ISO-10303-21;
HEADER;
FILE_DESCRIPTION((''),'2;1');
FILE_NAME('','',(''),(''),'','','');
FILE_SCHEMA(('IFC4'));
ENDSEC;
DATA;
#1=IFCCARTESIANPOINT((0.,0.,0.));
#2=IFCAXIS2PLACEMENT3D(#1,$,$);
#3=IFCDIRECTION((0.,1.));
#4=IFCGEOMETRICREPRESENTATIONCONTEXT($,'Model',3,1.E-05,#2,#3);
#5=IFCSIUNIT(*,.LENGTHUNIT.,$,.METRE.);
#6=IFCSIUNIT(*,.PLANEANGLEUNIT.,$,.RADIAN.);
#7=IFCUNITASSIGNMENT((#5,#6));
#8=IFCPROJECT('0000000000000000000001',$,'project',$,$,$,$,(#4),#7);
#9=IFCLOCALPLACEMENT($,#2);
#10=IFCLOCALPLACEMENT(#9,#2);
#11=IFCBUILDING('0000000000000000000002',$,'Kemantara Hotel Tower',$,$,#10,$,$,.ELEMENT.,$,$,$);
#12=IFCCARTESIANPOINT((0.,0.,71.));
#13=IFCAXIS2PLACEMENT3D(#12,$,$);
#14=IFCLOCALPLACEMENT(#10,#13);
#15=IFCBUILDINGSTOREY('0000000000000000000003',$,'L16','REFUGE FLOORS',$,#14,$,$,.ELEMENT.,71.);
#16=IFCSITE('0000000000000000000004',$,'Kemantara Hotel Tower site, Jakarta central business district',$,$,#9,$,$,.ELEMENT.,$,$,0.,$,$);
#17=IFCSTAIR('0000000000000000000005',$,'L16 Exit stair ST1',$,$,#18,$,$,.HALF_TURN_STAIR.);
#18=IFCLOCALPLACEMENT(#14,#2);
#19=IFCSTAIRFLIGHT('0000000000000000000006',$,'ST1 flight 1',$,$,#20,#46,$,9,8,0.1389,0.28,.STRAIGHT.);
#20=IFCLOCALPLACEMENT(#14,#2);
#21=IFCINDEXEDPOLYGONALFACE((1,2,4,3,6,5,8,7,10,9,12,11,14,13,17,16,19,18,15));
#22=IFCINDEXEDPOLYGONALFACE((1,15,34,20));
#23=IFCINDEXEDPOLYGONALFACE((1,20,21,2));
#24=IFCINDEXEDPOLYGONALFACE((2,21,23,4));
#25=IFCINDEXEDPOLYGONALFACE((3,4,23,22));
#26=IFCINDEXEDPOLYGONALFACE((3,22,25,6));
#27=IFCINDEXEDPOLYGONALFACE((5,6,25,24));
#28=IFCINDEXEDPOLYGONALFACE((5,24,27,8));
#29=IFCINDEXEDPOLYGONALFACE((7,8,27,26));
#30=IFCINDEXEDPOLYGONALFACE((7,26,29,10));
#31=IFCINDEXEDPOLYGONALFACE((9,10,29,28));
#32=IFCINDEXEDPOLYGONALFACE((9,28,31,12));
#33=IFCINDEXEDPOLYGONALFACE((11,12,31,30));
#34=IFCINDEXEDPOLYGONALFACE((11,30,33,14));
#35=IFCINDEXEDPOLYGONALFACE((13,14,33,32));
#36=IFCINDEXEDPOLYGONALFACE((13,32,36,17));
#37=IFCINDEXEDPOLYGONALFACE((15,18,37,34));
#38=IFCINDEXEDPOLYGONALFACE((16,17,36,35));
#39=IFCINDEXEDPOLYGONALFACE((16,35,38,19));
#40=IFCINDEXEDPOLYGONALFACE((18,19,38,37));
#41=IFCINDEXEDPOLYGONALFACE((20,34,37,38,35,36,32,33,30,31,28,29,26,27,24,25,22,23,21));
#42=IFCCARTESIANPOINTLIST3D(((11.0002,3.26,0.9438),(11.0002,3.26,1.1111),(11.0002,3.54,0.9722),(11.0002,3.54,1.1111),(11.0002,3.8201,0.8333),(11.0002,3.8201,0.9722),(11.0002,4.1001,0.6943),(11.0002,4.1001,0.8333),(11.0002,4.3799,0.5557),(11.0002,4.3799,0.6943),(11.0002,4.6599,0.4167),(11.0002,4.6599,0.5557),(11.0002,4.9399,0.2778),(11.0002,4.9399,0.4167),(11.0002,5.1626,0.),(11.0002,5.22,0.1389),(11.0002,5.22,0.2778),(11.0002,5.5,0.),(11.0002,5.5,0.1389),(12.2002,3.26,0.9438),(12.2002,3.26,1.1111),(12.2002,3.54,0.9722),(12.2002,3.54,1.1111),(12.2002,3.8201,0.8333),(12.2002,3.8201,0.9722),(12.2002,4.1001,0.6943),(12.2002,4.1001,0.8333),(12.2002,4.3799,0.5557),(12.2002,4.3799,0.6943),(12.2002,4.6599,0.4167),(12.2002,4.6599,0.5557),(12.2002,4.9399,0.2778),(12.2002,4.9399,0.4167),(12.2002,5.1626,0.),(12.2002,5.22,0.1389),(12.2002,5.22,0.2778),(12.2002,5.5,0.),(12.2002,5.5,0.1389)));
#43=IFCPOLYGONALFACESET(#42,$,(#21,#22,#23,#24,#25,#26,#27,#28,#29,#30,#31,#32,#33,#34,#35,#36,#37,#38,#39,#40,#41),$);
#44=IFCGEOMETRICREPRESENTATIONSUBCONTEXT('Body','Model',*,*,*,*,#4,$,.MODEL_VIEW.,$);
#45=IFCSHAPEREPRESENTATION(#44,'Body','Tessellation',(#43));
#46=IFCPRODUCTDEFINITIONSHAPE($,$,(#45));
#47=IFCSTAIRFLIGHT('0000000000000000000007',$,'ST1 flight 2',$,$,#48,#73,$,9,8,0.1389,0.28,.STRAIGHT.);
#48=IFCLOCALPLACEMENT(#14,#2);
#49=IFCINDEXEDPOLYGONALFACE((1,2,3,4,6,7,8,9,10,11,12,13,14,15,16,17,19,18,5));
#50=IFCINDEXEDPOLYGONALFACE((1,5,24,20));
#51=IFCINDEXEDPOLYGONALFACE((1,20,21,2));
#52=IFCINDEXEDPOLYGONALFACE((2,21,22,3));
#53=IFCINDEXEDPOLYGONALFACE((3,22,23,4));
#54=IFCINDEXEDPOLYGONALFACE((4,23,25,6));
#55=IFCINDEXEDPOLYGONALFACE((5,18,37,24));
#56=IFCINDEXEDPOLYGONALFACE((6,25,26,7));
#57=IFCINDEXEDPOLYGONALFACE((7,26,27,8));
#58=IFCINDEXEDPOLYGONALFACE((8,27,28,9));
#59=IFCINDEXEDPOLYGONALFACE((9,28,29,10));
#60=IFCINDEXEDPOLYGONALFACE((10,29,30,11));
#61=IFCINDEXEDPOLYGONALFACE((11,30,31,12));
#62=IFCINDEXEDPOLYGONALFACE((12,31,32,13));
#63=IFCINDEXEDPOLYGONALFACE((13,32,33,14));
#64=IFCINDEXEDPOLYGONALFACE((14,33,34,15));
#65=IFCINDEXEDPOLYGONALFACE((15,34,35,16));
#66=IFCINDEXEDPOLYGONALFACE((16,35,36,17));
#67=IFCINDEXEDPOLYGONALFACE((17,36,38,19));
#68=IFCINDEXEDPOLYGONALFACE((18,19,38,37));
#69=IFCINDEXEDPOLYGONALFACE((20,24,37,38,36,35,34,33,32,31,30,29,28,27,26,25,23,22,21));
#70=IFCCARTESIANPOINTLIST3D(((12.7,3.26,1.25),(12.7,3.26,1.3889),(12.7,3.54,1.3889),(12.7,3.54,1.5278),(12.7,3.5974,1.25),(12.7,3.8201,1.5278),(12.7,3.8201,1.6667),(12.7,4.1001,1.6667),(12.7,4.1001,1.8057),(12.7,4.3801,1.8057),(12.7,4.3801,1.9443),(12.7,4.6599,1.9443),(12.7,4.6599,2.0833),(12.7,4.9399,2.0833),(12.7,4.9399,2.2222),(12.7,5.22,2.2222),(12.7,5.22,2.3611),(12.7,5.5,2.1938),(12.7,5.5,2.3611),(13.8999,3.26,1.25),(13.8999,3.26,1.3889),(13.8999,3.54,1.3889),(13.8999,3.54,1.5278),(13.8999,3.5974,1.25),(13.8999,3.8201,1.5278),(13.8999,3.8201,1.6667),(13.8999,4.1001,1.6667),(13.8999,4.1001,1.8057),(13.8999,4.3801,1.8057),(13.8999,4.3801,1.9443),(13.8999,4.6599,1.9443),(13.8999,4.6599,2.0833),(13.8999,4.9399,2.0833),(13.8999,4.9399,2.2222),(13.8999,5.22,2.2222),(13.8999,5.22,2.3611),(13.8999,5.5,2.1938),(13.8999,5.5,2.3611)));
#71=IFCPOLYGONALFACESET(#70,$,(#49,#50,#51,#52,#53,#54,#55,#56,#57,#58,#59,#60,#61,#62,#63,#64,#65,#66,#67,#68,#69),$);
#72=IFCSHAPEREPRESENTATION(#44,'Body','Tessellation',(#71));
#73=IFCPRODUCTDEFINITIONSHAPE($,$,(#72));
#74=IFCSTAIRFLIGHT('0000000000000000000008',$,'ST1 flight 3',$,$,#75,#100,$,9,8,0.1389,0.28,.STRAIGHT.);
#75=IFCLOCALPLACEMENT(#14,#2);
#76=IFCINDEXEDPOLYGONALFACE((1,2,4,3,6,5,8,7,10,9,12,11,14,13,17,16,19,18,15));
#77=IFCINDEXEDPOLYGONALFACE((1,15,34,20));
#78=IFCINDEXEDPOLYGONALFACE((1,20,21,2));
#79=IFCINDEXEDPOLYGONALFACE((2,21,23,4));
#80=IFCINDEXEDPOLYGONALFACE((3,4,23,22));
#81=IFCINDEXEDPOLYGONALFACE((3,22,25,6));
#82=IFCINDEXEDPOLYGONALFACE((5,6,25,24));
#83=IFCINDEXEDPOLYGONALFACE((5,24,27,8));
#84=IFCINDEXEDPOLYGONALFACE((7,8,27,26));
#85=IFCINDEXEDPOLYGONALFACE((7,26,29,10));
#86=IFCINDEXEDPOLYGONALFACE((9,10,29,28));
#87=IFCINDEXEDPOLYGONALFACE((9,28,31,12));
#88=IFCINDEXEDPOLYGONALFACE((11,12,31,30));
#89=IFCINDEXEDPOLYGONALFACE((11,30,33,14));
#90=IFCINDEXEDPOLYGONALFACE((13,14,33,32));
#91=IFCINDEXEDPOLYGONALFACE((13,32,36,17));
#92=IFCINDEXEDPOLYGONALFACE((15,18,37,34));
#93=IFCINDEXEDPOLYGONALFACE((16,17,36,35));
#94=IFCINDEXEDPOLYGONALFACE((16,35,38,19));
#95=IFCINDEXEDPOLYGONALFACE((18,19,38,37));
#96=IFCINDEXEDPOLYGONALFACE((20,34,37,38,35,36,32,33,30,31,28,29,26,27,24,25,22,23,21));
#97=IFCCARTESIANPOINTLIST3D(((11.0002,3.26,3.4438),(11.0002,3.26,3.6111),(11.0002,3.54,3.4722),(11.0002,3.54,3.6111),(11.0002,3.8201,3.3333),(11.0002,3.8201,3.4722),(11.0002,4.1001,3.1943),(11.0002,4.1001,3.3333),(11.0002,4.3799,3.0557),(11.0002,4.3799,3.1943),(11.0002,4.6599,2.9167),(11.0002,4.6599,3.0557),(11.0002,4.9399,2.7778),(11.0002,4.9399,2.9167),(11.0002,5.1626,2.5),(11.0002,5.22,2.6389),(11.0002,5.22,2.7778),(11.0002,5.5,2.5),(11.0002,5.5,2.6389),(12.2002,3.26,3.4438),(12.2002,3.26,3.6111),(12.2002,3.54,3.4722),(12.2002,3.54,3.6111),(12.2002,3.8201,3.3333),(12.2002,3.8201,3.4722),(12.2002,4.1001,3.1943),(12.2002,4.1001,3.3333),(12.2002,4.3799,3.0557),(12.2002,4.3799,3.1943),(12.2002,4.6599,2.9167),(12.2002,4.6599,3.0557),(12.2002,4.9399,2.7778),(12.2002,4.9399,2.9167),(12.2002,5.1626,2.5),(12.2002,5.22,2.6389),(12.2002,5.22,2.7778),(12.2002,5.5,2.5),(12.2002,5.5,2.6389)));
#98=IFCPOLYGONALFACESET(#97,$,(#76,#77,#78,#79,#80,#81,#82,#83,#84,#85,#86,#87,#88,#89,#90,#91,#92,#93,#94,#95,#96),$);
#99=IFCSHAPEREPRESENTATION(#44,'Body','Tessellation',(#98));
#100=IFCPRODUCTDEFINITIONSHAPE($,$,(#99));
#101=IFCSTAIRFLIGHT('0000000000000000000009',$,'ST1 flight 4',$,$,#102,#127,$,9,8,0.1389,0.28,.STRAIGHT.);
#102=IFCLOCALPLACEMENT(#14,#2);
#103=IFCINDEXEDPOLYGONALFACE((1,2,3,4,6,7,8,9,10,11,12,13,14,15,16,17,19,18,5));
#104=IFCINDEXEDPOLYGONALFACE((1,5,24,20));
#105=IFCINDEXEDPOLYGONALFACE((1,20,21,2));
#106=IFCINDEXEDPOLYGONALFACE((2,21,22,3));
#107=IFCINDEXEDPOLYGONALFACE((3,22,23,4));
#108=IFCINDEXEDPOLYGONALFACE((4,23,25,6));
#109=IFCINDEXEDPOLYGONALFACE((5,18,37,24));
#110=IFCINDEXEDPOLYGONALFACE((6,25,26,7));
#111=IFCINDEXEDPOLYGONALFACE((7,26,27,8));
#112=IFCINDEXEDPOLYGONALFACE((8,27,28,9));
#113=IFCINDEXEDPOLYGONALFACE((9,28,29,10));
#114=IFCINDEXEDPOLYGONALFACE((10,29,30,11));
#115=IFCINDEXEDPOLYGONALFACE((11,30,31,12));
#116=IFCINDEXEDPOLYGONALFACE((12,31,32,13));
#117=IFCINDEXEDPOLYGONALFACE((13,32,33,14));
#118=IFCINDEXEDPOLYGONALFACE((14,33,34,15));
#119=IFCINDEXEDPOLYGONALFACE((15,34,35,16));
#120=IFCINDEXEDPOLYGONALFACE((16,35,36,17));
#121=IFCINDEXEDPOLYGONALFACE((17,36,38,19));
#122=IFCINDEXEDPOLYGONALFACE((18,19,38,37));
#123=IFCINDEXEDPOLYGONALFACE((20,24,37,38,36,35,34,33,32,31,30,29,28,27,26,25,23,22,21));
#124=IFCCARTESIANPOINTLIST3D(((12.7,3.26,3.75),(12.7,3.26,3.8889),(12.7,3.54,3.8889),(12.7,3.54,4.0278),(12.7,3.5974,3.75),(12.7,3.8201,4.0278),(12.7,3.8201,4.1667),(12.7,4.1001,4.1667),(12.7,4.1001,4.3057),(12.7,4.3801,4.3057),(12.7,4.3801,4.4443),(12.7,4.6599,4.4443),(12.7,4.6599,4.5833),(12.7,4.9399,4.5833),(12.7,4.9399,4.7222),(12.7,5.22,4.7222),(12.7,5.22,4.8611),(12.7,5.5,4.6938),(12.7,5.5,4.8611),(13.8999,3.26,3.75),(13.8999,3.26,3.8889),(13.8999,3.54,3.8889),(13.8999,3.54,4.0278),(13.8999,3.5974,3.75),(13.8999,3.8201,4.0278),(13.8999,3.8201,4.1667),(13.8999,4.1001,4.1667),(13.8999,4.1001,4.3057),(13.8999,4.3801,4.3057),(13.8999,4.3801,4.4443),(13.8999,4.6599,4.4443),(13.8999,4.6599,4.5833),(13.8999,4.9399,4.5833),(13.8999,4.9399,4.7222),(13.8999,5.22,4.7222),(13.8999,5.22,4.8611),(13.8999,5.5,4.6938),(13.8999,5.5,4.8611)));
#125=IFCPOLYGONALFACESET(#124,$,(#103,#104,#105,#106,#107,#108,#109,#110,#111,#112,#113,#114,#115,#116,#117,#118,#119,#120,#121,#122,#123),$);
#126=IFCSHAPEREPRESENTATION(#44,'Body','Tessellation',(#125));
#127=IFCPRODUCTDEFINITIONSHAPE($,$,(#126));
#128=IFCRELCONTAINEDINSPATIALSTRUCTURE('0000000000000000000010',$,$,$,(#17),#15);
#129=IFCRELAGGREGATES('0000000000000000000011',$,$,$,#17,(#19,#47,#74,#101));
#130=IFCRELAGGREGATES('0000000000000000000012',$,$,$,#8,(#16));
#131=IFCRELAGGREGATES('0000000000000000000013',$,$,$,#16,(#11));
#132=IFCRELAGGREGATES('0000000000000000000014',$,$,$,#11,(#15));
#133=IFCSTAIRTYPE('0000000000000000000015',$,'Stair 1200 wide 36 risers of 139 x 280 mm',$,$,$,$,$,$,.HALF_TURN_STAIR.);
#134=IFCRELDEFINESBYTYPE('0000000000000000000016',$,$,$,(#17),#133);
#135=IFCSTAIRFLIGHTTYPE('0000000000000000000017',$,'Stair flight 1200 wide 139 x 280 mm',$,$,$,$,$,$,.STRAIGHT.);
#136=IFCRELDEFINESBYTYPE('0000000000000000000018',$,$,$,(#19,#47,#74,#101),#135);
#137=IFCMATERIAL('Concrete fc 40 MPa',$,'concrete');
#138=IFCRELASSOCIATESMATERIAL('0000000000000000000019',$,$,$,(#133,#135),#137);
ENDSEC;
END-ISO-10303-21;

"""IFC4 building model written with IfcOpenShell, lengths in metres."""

from ifc_helpers import new_model, si_unit, direction, frame, origin, place, context, subcontext, project, spatial, polyline, outline, extrude, material, type_object, element, aggregate, save


model = new_model("IFC4")

# Units and contexts
model_context = context("Model", 3, precision=1e-05, world=origin(), true_north=direction((0.0, 1.0)))
body_context = subcontext(model_context, "Body", "Model", "MODEL_VIEW")
ifc_project = project(units=[si_unit("LENGTHUNIT", "METRE"), si_unit("PLANEANGLEUNIT", "RADIAN")], contexts=[model_context])

# Site, building, storey
site_placement = place(None, origin())
site = spatial("IfcSite", under=ifc_project, at=site_placement, Name="Kemantara Hotel Tower site, Jakarta central business district", CompositionType="ELEMENT", RefElevation=0.0)
building_placement = place(site_placement, origin())
building = spatial("IfcBuilding", under=site, at=building_placement, Name="Kemantara Hotel Tower", CompositionType="ELEMENT")
storey_placement = place(building_placement, frame((0.0, 0.0, 71.0)))
storey = spatial("IfcBuildingStorey", under=building, at=storey_placement, Name="L16", Description="REFUGE FLOORS", CompositionType="ELEMENT", Elevation=71.0)

# Stair, stair flights
ifc_material_1 = material(Name="Concrete fc 40 MPa", Category="concrete")
stair_type = type_object("IfcStairType", Name="Stair 1200 wide 36 risers of 139 x 280 mm", PredefinedType="HALF_TURN_STAIR", material=ifc_material_1)
stair_placement = place(storey_placement, origin())
stair = element("IfcStair", 1, at=stair_placement, inside=storey, type_object=stair_type, Name="L16 Exit stair ST1", PredefinedType="HALF_TURN_STAIR")
stair_flight_type = type_object("IfcStairFlightType", Name="Stair flight 1200 wide 139 x 280 mm", PredefinedType="STRAIGHT", material=ifc_material_1)
stair_flight_1_placement = place(storey_placement, frame((11.6001, 5.5, 0.0), z_axis=(0.0, 0.0, 1.0), x_axis=(0.0, -1.0, 0.0)))
stair_flight_1 = element("IfcStairFlight", 2, at=stair_flight_1_placement, type_object=stair_flight_type, Name="ST1 flight 1", NumberOfRisers=9, NumberOfTreads=8, PredefinedType="STRAIGHT", RiserHeight=0.1389, TreadLength=0.28, context=body_context, shape_type="SweptSolid", body=[
    extrude(outline(polyline([(0.0, 0.0), (0.0, 0.1389), (0.28, 0.1389), (0.28, 0.2778), (0.5601, 0.2778), (0.5601, 0.4167), (0.8401, 0.4167), (0.8401, 0.5557), (1.1201, 0.5557), (1.1201, 0.6943), (1.3999, 0.6943), (1.3999, 0.8333), (1.6799, 0.8333), (1.6799, 0.9722), (1.96, 0.9722), (1.96, 1.1111), (2.24, 1.1111), (2.24, 1.25), (2.24, 0.9438), (0.3374, 0.0), (0.0, 0.0)])), frame((0.0, 0.6001, 0.0), z_axis=(0.0, -1.0, 0.0), x_axis=(1.0, 0.0, 0.0)), (0.0, 0.0, 1.0), 1.2),
])
stair_flight_2_placement = place(storey_placement, frame((13.3, 3.26, 1.25), z_axis=(0.0, 0.0, 1.0), x_axis=(0.0, 1.0, 0.0)))
stair_flight_2 = element("IfcStairFlight", 3, at=stair_flight_2_placement, type_object=stair_flight_type, Name="ST1 flight 2", NumberOfRisers=9, NumberOfTreads=8, PredefinedType="STRAIGHT", RiserHeight=0.1389, TreadLength=0.28, context=body_context, shape_type="SweptSolid", body=[
    extrude(outline(polyline([(0.0, 0.0), (0.0, 0.1389), (0.28, 0.1389), (0.28, 0.2778), (0.5601, 0.2778), (0.5601, 0.4167), (0.8401, 0.4167), (0.8401, 0.5557), (1.1201, 0.5557), (1.1201, 0.6943), (1.3999, 0.6943), (1.3999, 0.8333), (1.6799, 0.8333), (1.6799, 0.9722), (1.96, 0.9722), (1.96, 1.1111), (2.24, 1.1111), (2.24, 1.25), (2.24, 0.9438), (0.3374, 0.0), (0.0, 0.0)])), frame((0.0, 0.6001, 0.0), z_axis=(0.0, -1.0, 0.0), x_axis=(1.0, 0.0, 0.0)), (0.0, 0.0, 1.0), 1.2),
])
stair_flight_3_placement = place(storey_placement, frame((11.6001, 5.5, 2.5), z_axis=(0.0, 0.0, 1.0), x_axis=(0.0, -1.0, 0.0)))
stair_flight_3 = element("IfcStairFlight", 4, at=stair_flight_3_placement, type_object=stair_flight_type, Name="ST1 flight 3", NumberOfRisers=9, NumberOfTreads=8, PredefinedType="STRAIGHT", RiserHeight=0.1389, TreadLength=0.28, context=body_context, shape_type="SweptSolid", body=[
    extrude(outline(polyline([(0.0, 0.0), (0.0, 0.1389), (0.28, 0.1389), (0.28, 0.2778), (0.5601, 0.2778), (0.5601, 0.4167), (0.8401, 0.4167), (0.8401, 0.5557), (1.1201, 0.5557), (1.1201, 0.6943), (1.3999, 0.6943), (1.3999, 0.8333), (1.6799, 0.8333), (1.6799, 0.9722), (1.96, 0.9722), (1.96, 1.1111), (2.24, 1.1111), (2.24, 1.25), (2.24, 0.9438), (0.3374, 0.0), (0.0, 0.0)])), frame((0.0, 0.6001, 0.0), z_axis=(0.0, -1.0, 0.0), x_axis=(1.0, 0.0, 0.0)), (0.0, 0.0, 1.0), 1.2),
])
stair_flight_4_placement = place(storey_placement, frame((13.3, 3.26, 3.75), z_axis=(0.0, 0.0, 1.0), x_axis=(0.0, 1.0, 0.0)))
stair_flight_4 = element("IfcStairFlight", 5, at=stair_flight_4_placement, type_object=stair_flight_type, Name="ST1 flight 4", NumberOfRisers=9, NumberOfTreads=8, PredefinedType="STRAIGHT", RiserHeight=0.1389, TreadLength=0.28, context=body_context, shape_type="SweptSolid", body=[
    extrude(outline(polyline([(0.0, 0.0), (0.0, 0.1389), (0.28, 0.1389), (0.28, 0.2778), (0.5601, 0.2778), (0.5601, 0.4167), (0.8401, 0.4167), (0.8401, 0.5557), (1.1201, 0.5557), (1.1201, 0.6943), (1.3999, 0.6943), (1.3999, 0.8333), (1.6799, 0.8333), (1.6799, 0.9722), (1.96, 0.9722), (1.96, 1.1111), (2.24, 1.1111), (2.24, 1.25), (2.24, 0.9438), (0.3374, 0.0), (0.0, 0.0)])), frame((0.0, 0.6001, 0.0), z_axis=(0.0, -1.0, 0.0), x_axis=(1.0, 0.0, 0.0)), (0.0, 0.0, 1.0), 1.2),
])
aggregate(stair, [stair_flight_1, stair_flight_2, stair_flight_3, stair_flight_4])

save(model, "model.ifc")
